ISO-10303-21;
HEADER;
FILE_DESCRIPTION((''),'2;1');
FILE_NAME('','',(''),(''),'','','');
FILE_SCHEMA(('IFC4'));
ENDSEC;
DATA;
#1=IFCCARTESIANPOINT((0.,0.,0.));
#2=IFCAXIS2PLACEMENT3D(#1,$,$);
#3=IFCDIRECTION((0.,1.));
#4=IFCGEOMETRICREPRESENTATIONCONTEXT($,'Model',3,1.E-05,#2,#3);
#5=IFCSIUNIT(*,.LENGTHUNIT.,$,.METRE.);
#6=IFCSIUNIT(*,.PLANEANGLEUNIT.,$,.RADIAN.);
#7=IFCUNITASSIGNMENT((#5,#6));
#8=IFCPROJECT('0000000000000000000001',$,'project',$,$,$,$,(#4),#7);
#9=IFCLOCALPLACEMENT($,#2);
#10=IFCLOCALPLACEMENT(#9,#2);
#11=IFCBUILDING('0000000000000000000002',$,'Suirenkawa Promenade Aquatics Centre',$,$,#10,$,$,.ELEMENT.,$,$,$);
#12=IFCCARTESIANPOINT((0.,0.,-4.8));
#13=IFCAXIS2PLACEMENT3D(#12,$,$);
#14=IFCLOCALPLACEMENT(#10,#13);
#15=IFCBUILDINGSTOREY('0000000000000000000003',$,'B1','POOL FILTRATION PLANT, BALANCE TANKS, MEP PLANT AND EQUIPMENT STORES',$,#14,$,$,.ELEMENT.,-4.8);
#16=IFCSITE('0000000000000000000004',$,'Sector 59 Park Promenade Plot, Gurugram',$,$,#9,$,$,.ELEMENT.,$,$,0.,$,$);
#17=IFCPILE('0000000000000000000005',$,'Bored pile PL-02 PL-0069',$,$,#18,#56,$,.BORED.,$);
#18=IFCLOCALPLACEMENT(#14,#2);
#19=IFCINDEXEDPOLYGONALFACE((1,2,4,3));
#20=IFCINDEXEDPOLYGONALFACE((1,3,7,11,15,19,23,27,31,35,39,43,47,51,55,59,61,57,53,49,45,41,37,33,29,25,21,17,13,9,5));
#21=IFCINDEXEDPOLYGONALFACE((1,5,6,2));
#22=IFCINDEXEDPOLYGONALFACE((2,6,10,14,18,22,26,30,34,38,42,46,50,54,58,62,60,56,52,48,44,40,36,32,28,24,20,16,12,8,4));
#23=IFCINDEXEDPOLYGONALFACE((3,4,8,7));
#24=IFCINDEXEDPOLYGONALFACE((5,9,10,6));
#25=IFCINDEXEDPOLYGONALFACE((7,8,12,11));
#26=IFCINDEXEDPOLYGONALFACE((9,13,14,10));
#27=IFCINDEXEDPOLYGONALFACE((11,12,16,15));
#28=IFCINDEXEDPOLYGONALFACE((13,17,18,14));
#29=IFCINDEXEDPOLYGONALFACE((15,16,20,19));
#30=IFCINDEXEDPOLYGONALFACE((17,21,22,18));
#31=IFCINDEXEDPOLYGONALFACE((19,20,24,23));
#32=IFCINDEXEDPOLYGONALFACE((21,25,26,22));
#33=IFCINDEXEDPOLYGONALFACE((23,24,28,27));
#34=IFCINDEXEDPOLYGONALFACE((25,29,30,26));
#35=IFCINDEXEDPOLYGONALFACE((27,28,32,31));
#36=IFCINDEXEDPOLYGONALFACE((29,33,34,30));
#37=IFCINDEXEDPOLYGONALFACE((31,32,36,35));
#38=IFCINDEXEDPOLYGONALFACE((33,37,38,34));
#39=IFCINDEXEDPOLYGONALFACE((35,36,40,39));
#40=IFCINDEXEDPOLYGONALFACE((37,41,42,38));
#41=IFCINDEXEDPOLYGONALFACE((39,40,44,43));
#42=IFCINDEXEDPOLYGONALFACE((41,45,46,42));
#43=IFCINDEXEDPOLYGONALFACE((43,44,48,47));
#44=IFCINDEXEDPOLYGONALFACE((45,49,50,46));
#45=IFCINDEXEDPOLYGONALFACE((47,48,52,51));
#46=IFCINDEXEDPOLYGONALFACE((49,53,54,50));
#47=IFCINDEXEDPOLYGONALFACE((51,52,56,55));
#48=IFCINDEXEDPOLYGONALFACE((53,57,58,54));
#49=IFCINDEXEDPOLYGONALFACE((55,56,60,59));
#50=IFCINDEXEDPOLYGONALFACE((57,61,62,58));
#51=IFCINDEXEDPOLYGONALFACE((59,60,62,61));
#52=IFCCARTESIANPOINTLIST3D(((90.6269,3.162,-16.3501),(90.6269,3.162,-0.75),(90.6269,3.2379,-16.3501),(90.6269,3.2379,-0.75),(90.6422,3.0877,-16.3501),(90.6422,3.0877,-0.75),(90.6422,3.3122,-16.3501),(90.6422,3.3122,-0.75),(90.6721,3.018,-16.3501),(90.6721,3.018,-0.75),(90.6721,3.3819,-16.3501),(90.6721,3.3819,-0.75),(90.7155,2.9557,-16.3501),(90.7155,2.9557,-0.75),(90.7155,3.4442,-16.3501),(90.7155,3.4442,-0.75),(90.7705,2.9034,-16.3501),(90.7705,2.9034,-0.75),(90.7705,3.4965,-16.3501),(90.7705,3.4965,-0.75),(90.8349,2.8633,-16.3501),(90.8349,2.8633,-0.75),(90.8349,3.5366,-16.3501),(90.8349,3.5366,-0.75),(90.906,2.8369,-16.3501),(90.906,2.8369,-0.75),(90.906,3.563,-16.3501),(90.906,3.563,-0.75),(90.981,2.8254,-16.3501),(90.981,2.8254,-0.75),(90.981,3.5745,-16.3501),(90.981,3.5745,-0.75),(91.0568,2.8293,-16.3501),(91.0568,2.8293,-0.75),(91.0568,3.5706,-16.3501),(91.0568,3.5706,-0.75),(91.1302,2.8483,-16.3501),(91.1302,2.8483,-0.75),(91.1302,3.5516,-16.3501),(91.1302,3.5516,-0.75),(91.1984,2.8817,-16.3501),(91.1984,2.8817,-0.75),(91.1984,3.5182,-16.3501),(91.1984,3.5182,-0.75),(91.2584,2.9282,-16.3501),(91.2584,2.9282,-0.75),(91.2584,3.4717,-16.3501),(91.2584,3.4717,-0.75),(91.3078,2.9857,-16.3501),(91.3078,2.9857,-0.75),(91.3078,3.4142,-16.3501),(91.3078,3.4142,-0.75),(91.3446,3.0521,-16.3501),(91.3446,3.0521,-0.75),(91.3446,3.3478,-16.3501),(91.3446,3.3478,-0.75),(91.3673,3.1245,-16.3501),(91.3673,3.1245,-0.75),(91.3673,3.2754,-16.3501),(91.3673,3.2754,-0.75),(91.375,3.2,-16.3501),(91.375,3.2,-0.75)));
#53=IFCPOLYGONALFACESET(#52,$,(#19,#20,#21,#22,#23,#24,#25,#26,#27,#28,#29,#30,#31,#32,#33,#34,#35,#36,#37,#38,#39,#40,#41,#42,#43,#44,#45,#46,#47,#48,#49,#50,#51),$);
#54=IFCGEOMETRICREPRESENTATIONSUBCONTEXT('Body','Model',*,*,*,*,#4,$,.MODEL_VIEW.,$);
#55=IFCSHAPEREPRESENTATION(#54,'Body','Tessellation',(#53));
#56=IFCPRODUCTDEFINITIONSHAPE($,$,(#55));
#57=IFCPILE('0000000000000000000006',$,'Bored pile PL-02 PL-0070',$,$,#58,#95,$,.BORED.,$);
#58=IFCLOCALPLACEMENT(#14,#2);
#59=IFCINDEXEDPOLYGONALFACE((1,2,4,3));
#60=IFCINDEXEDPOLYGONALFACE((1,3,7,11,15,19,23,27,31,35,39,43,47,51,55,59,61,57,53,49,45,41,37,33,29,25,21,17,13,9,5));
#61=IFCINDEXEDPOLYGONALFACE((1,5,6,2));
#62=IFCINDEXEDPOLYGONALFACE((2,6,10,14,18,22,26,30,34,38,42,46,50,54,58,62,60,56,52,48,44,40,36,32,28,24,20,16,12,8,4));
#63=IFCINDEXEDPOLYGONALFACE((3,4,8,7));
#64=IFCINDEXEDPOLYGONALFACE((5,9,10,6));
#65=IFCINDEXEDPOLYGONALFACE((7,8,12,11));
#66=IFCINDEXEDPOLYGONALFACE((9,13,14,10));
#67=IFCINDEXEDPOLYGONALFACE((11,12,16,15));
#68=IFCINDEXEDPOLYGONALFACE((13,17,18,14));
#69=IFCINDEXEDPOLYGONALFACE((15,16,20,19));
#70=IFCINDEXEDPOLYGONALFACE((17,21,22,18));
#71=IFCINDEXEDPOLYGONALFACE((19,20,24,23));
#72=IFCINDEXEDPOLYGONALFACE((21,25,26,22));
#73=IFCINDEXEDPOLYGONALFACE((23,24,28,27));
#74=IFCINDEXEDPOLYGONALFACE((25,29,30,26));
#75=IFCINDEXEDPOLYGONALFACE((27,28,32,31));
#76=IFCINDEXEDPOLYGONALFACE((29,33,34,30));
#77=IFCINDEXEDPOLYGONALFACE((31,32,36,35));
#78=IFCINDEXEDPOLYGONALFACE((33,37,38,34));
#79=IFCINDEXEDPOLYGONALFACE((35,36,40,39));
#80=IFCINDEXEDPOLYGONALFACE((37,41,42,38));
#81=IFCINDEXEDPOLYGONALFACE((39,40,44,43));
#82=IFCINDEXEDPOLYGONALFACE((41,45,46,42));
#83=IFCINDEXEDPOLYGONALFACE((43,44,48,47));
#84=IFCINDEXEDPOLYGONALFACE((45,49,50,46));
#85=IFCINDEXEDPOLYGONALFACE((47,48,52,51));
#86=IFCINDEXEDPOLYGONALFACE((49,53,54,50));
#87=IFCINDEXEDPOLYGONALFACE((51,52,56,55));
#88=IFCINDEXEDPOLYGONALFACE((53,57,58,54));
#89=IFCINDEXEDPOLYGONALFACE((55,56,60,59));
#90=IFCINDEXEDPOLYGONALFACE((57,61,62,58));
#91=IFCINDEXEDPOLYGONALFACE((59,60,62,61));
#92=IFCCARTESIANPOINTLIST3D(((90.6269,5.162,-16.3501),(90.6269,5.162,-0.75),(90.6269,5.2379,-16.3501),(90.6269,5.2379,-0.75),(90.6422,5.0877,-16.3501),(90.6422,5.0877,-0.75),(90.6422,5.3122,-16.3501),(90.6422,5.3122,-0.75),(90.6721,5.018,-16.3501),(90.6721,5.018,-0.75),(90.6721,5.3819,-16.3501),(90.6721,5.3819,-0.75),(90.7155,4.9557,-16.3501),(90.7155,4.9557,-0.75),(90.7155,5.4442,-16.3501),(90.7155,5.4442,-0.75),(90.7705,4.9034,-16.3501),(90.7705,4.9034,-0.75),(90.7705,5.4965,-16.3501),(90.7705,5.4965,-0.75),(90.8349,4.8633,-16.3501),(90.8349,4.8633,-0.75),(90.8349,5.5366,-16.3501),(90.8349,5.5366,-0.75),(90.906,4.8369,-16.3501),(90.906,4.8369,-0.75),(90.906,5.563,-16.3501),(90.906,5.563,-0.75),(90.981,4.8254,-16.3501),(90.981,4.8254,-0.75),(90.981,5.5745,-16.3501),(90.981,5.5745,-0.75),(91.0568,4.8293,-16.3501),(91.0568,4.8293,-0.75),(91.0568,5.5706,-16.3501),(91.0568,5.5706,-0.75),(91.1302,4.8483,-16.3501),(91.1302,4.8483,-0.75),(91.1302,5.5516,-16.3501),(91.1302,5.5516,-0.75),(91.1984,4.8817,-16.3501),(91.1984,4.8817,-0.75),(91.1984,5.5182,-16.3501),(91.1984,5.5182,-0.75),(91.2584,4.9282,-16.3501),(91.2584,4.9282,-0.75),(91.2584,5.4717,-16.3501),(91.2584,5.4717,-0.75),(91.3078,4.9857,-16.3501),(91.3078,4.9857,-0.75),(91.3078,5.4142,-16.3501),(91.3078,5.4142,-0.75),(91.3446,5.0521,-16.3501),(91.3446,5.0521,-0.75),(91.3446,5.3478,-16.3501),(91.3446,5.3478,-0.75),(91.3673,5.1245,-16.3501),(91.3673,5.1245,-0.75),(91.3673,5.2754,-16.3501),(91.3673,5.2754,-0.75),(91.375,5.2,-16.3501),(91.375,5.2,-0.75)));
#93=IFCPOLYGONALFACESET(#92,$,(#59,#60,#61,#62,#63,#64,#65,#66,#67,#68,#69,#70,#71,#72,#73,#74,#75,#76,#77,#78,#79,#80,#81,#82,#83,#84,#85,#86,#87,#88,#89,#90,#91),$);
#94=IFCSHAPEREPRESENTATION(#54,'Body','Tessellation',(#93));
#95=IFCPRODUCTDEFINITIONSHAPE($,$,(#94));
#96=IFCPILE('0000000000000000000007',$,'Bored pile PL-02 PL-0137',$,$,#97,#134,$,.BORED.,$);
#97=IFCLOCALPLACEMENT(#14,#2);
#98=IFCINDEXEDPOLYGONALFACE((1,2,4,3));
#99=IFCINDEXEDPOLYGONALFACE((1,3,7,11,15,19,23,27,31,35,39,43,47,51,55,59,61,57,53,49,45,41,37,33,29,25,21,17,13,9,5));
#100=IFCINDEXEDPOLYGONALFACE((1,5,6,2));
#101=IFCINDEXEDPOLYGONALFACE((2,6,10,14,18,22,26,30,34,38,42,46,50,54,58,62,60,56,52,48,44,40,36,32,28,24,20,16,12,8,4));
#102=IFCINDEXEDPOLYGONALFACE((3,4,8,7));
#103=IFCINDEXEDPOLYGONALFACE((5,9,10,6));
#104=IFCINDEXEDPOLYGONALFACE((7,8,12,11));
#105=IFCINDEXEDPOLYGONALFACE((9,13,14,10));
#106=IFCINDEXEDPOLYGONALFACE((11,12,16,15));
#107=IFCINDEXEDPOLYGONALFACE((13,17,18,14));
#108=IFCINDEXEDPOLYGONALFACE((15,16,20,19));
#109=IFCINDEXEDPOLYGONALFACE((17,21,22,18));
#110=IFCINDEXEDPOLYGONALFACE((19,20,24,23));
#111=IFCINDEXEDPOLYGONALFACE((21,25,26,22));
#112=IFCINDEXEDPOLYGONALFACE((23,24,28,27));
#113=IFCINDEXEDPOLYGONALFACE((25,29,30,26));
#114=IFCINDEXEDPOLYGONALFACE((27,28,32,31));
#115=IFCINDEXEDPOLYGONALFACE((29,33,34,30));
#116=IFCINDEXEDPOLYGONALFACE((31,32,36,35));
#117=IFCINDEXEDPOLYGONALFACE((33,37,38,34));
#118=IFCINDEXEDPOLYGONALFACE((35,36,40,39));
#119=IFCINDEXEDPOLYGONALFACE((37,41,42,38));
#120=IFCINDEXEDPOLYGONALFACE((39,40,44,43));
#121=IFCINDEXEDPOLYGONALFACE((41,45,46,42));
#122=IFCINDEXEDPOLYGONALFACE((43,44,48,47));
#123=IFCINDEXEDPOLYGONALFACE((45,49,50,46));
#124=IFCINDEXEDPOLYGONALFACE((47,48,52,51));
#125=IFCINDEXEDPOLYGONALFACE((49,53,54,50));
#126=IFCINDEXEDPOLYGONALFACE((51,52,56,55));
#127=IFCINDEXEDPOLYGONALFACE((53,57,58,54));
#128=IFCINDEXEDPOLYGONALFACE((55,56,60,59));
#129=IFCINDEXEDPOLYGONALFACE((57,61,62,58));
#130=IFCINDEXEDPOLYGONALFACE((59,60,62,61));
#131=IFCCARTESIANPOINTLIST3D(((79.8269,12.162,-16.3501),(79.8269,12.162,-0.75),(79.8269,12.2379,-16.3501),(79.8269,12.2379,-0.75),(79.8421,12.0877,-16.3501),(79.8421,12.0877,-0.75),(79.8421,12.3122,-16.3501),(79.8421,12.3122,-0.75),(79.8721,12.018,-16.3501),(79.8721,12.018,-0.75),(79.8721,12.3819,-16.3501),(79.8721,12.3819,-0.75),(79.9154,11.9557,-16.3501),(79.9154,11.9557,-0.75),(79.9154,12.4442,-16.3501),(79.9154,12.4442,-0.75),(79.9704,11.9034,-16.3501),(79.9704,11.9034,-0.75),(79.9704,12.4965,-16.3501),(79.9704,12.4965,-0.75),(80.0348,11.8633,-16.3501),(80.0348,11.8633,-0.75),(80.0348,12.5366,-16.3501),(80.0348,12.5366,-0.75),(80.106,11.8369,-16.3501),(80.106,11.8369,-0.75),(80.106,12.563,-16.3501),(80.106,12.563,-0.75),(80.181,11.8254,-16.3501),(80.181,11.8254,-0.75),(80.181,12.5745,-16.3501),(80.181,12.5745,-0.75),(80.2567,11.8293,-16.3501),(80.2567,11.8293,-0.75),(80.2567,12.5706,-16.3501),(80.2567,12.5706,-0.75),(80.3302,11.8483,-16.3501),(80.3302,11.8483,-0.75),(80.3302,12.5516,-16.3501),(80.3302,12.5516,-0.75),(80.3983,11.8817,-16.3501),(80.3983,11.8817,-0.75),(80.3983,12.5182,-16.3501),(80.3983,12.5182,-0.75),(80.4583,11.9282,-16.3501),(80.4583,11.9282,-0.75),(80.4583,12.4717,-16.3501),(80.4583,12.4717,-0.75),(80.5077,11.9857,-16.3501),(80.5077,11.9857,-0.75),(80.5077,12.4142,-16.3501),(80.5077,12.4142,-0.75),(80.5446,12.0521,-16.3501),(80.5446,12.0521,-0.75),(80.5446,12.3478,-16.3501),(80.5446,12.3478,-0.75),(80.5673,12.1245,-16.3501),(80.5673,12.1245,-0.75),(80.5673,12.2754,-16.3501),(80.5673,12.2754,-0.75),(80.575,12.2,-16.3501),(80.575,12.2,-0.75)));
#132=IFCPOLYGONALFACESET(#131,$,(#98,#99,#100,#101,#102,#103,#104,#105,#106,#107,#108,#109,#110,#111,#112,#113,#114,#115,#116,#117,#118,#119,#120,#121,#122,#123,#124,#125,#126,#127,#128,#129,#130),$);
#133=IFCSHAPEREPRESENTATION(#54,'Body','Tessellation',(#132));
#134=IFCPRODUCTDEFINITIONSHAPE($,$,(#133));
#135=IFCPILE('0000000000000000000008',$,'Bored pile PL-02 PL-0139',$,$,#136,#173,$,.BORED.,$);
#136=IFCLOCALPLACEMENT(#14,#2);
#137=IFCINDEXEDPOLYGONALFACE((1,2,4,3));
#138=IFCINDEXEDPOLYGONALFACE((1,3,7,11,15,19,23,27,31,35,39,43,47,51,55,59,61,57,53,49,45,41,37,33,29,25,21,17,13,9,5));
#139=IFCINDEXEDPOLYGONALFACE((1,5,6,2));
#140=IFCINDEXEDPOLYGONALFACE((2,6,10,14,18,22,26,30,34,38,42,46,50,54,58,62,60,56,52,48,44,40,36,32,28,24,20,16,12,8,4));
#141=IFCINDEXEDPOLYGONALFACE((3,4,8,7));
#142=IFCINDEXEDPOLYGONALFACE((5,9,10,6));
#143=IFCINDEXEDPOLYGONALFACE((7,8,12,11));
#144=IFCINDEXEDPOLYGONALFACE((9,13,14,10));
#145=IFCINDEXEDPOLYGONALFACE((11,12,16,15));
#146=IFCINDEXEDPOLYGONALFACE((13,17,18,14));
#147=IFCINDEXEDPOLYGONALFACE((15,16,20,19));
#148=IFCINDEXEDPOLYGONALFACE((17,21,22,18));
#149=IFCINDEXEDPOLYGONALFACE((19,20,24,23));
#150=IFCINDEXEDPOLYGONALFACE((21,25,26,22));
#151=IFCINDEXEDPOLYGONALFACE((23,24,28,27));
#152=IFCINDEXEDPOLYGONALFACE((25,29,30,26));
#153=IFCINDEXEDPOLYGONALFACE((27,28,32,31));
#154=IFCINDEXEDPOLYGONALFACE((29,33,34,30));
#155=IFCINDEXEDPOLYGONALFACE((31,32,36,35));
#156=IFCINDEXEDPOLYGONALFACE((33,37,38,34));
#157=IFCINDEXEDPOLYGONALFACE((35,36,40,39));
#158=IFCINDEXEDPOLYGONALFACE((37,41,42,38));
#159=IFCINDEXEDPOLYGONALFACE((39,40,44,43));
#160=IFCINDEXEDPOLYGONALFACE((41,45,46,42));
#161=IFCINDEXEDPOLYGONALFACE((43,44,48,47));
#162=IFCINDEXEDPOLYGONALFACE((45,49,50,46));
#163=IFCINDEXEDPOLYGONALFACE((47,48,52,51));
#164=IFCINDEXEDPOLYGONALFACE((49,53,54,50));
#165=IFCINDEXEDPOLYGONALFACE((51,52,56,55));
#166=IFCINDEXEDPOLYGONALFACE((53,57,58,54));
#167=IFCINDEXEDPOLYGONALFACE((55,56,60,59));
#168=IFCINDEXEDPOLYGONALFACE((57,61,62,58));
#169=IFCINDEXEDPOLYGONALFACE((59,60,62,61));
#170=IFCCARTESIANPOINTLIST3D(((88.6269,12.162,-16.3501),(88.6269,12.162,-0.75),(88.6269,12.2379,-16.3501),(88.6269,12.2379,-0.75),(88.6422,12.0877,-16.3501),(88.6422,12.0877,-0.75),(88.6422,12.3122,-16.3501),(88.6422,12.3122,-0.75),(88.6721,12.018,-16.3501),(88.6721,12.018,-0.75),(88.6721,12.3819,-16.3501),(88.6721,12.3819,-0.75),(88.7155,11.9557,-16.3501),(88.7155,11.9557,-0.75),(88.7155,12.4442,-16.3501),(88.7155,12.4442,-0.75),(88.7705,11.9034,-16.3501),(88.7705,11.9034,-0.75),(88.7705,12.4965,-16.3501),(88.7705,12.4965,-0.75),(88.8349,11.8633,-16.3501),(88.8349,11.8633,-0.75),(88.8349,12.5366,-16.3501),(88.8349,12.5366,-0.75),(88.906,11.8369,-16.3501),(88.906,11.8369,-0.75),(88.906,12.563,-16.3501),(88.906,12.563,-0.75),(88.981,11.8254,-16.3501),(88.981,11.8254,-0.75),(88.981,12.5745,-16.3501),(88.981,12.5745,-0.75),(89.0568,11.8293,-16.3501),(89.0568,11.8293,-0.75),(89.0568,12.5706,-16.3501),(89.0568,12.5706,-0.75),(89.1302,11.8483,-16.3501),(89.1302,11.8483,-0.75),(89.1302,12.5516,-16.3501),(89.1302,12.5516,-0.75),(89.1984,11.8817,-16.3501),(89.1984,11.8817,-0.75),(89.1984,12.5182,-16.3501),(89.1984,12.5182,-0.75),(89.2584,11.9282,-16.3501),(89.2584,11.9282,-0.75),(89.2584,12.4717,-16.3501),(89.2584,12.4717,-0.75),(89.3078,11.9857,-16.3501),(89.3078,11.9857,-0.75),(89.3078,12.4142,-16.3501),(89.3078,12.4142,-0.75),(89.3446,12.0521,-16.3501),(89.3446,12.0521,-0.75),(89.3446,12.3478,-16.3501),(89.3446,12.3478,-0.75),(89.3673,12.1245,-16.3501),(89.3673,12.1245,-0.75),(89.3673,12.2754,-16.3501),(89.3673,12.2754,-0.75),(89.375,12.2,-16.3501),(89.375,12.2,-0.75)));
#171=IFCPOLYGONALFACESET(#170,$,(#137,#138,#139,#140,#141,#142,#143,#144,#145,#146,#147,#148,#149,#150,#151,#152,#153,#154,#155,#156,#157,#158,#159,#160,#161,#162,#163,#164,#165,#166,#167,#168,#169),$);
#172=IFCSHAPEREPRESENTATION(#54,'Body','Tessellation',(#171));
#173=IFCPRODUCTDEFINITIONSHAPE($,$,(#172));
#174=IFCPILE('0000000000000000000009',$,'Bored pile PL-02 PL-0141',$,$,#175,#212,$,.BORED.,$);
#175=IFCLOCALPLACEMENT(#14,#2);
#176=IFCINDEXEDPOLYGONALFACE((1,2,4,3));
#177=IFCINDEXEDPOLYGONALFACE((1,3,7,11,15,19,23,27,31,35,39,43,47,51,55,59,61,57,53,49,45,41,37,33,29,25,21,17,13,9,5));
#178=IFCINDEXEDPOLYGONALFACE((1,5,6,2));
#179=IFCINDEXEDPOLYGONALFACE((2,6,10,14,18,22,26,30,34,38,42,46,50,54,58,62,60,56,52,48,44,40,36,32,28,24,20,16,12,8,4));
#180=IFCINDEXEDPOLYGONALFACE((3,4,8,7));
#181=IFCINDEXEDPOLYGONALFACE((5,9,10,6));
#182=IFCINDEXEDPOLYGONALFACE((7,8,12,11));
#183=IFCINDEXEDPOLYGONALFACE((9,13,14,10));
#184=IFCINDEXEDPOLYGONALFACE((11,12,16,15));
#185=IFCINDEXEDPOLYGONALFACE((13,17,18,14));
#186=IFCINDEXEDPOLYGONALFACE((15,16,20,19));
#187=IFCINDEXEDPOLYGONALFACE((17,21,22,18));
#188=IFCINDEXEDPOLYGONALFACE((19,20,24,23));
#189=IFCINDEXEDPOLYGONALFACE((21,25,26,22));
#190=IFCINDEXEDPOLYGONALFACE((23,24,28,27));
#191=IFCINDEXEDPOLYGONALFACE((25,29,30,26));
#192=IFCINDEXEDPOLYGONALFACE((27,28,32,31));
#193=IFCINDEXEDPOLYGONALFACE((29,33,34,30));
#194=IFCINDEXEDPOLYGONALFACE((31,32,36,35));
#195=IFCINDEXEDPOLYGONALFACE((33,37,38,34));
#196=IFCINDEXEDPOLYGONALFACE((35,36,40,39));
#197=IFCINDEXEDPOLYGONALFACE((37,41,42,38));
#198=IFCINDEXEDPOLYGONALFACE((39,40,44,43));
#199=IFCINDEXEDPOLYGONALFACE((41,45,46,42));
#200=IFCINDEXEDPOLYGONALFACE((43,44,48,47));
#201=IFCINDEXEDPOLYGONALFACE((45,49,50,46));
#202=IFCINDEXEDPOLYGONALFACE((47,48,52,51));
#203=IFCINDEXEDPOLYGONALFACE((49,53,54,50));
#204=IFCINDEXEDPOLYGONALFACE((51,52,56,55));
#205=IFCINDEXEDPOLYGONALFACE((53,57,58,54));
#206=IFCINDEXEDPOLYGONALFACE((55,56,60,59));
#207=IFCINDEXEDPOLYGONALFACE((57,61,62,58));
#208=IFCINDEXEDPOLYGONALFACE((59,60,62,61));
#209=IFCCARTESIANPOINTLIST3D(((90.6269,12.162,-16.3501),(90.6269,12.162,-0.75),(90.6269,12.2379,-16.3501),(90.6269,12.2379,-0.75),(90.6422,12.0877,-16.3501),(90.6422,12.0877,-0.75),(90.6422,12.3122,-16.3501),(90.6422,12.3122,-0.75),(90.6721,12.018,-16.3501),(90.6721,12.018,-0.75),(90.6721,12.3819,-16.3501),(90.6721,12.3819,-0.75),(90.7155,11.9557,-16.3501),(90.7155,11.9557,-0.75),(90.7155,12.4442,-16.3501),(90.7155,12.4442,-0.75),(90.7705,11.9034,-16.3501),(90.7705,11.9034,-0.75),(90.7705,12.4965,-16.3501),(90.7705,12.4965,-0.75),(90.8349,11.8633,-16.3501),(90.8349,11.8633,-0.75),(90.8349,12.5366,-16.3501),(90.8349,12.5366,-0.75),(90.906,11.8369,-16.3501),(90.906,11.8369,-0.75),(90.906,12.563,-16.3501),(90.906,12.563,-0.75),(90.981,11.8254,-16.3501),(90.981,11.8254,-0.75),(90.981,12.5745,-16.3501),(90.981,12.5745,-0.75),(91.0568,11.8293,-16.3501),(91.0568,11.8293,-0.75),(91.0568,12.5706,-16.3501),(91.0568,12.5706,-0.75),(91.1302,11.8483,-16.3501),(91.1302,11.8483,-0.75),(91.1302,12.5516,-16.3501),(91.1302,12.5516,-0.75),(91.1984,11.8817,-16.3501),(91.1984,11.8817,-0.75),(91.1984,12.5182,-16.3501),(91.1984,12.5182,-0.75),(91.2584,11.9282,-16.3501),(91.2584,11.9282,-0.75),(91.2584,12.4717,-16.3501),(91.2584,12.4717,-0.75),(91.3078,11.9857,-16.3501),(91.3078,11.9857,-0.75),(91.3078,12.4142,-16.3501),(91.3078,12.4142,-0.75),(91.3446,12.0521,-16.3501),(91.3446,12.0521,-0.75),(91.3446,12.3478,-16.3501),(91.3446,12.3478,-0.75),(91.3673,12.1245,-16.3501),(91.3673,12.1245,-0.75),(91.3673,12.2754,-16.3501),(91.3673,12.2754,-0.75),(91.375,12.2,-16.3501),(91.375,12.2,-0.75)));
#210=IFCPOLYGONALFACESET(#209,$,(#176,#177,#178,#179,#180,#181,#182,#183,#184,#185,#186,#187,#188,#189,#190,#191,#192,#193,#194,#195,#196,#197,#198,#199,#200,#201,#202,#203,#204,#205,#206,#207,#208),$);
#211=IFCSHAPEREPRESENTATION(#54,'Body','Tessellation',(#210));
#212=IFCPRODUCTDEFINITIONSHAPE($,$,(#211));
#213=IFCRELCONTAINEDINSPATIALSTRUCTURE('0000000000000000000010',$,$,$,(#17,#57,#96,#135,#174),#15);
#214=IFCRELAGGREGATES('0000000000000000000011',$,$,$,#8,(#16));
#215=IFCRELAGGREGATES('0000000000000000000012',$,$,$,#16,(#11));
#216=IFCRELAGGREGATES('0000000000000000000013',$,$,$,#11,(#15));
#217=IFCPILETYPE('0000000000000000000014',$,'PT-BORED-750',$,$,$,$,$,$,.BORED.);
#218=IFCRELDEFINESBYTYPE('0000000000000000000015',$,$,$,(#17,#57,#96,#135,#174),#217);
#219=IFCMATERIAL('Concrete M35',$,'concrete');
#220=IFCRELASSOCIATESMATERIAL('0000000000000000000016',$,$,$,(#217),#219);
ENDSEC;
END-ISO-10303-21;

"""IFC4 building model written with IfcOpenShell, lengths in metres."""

from ifc_helpers import new_model, si_unit, direction, frame, origin, origin_2d, place, context, subcontext, project, spatial, circle, extrude, material, material_profile, profile_set, type_object, element, save


model = new_model("IFC4")

# Units and contexts
model_context = context("Model", 3, precision=1e-05, world=origin(), true_north=direction((0.0, 1.0)))
body_context = subcontext(model_context, "Body", "Model", "MODEL_VIEW")
ifc_project = project(units=[si_unit("LENGTHUNIT", "METRE"), si_unit("PLANEANGLEUNIT", "RADIAN")], contexts=[model_context])

# Site, building, storey
site_placement = place(None, origin())
site = spatial("IfcSite", under=ifc_project, at=site_placement, Name="Sector 59 Park Promenade Plot, Gurugram", CompositionType="ELEMENT", RefElevation=0.0)
building_placement = place(site_placement, origin())
building = spatial("IfcBuilding", under=site, at=building_placement, Name="Suirenkawa Promenade Aquatics Centre", CompositionType="ELEMENT")
storey_placement = place(building_placement, frame((0.0, 0.0, -4.8)))
storey = spatial("IfcBuildingStorey", under=building, at=storey_placement, Name="B1", Description="POOL FILTRATION PLANT, BALANCE TANKS, MEP PLANT AND EQUIPMENT STORES", CompositionType="ELEMENT", Elevation=-4.8)

# Shared definitions
ifc_material_1 = material(Name="Concrete M35", Category="concrete")

# Piles
ifc_material_profile_1 = material_profile(ifc_material_1, circle(Radius=0.375, at=origin_2d()), Name="PILE D750", Category="concrete")
ifc_profile_set_1 = profile_set([ifc_material_profile_1], Name="Concrete M35")
pile_type = type_object("IfcPileType", Name="PT-BORED-750", PredefinedType="BORED", material=ifc_profile_set_1)
for number, where, z_axis, x_axis, name in (
    (1, (91.0, 3.2, -0.75), (0.0, 0.0, -1.0), (1.0, 0.0, 0.0), "Bored pile PL-02 PL-0069"),
    (2, (91.0, 5.2, -0.75), (0.0, 0.0, -1.0), (1.0, 0.0, 0.0), "Bored pile PL-02 PL-0070"),
    (3, (80.2, 12.2, -0.75), (0.0, 0.0, -1.0), (1.0, 0.0, 0.0), "Bored pile PL-02 PL-0137"),
    (4, (89.0, 12.2, -0.75), (0.0, 0.0, -1.0), (1.0, 0.0, 0.0), "Bored pile PL-02 PL-0139"),
    (5, (91.0, 12.2, -0.75), (0.0, 0.0, -1.0), (1.0, 0.0, 0.0), "Bored pile PL-02 PL-0141"),
):
    element("IfcPile", number, at=place(storey_placement, frame(where, z_axis=z_axis, x_axis=x_axis)), inside=storey, type_object=pile_type, Name=name, PredefinedType="BORED", context=body_context, shape_type="SweptSolid", body=[
        extrude(circle(Radius=0.375, at=origin_2d()), origin(), (0.0, 0.0, 1.0), 15.6001),
    ])

save(model, "model.ifc")
